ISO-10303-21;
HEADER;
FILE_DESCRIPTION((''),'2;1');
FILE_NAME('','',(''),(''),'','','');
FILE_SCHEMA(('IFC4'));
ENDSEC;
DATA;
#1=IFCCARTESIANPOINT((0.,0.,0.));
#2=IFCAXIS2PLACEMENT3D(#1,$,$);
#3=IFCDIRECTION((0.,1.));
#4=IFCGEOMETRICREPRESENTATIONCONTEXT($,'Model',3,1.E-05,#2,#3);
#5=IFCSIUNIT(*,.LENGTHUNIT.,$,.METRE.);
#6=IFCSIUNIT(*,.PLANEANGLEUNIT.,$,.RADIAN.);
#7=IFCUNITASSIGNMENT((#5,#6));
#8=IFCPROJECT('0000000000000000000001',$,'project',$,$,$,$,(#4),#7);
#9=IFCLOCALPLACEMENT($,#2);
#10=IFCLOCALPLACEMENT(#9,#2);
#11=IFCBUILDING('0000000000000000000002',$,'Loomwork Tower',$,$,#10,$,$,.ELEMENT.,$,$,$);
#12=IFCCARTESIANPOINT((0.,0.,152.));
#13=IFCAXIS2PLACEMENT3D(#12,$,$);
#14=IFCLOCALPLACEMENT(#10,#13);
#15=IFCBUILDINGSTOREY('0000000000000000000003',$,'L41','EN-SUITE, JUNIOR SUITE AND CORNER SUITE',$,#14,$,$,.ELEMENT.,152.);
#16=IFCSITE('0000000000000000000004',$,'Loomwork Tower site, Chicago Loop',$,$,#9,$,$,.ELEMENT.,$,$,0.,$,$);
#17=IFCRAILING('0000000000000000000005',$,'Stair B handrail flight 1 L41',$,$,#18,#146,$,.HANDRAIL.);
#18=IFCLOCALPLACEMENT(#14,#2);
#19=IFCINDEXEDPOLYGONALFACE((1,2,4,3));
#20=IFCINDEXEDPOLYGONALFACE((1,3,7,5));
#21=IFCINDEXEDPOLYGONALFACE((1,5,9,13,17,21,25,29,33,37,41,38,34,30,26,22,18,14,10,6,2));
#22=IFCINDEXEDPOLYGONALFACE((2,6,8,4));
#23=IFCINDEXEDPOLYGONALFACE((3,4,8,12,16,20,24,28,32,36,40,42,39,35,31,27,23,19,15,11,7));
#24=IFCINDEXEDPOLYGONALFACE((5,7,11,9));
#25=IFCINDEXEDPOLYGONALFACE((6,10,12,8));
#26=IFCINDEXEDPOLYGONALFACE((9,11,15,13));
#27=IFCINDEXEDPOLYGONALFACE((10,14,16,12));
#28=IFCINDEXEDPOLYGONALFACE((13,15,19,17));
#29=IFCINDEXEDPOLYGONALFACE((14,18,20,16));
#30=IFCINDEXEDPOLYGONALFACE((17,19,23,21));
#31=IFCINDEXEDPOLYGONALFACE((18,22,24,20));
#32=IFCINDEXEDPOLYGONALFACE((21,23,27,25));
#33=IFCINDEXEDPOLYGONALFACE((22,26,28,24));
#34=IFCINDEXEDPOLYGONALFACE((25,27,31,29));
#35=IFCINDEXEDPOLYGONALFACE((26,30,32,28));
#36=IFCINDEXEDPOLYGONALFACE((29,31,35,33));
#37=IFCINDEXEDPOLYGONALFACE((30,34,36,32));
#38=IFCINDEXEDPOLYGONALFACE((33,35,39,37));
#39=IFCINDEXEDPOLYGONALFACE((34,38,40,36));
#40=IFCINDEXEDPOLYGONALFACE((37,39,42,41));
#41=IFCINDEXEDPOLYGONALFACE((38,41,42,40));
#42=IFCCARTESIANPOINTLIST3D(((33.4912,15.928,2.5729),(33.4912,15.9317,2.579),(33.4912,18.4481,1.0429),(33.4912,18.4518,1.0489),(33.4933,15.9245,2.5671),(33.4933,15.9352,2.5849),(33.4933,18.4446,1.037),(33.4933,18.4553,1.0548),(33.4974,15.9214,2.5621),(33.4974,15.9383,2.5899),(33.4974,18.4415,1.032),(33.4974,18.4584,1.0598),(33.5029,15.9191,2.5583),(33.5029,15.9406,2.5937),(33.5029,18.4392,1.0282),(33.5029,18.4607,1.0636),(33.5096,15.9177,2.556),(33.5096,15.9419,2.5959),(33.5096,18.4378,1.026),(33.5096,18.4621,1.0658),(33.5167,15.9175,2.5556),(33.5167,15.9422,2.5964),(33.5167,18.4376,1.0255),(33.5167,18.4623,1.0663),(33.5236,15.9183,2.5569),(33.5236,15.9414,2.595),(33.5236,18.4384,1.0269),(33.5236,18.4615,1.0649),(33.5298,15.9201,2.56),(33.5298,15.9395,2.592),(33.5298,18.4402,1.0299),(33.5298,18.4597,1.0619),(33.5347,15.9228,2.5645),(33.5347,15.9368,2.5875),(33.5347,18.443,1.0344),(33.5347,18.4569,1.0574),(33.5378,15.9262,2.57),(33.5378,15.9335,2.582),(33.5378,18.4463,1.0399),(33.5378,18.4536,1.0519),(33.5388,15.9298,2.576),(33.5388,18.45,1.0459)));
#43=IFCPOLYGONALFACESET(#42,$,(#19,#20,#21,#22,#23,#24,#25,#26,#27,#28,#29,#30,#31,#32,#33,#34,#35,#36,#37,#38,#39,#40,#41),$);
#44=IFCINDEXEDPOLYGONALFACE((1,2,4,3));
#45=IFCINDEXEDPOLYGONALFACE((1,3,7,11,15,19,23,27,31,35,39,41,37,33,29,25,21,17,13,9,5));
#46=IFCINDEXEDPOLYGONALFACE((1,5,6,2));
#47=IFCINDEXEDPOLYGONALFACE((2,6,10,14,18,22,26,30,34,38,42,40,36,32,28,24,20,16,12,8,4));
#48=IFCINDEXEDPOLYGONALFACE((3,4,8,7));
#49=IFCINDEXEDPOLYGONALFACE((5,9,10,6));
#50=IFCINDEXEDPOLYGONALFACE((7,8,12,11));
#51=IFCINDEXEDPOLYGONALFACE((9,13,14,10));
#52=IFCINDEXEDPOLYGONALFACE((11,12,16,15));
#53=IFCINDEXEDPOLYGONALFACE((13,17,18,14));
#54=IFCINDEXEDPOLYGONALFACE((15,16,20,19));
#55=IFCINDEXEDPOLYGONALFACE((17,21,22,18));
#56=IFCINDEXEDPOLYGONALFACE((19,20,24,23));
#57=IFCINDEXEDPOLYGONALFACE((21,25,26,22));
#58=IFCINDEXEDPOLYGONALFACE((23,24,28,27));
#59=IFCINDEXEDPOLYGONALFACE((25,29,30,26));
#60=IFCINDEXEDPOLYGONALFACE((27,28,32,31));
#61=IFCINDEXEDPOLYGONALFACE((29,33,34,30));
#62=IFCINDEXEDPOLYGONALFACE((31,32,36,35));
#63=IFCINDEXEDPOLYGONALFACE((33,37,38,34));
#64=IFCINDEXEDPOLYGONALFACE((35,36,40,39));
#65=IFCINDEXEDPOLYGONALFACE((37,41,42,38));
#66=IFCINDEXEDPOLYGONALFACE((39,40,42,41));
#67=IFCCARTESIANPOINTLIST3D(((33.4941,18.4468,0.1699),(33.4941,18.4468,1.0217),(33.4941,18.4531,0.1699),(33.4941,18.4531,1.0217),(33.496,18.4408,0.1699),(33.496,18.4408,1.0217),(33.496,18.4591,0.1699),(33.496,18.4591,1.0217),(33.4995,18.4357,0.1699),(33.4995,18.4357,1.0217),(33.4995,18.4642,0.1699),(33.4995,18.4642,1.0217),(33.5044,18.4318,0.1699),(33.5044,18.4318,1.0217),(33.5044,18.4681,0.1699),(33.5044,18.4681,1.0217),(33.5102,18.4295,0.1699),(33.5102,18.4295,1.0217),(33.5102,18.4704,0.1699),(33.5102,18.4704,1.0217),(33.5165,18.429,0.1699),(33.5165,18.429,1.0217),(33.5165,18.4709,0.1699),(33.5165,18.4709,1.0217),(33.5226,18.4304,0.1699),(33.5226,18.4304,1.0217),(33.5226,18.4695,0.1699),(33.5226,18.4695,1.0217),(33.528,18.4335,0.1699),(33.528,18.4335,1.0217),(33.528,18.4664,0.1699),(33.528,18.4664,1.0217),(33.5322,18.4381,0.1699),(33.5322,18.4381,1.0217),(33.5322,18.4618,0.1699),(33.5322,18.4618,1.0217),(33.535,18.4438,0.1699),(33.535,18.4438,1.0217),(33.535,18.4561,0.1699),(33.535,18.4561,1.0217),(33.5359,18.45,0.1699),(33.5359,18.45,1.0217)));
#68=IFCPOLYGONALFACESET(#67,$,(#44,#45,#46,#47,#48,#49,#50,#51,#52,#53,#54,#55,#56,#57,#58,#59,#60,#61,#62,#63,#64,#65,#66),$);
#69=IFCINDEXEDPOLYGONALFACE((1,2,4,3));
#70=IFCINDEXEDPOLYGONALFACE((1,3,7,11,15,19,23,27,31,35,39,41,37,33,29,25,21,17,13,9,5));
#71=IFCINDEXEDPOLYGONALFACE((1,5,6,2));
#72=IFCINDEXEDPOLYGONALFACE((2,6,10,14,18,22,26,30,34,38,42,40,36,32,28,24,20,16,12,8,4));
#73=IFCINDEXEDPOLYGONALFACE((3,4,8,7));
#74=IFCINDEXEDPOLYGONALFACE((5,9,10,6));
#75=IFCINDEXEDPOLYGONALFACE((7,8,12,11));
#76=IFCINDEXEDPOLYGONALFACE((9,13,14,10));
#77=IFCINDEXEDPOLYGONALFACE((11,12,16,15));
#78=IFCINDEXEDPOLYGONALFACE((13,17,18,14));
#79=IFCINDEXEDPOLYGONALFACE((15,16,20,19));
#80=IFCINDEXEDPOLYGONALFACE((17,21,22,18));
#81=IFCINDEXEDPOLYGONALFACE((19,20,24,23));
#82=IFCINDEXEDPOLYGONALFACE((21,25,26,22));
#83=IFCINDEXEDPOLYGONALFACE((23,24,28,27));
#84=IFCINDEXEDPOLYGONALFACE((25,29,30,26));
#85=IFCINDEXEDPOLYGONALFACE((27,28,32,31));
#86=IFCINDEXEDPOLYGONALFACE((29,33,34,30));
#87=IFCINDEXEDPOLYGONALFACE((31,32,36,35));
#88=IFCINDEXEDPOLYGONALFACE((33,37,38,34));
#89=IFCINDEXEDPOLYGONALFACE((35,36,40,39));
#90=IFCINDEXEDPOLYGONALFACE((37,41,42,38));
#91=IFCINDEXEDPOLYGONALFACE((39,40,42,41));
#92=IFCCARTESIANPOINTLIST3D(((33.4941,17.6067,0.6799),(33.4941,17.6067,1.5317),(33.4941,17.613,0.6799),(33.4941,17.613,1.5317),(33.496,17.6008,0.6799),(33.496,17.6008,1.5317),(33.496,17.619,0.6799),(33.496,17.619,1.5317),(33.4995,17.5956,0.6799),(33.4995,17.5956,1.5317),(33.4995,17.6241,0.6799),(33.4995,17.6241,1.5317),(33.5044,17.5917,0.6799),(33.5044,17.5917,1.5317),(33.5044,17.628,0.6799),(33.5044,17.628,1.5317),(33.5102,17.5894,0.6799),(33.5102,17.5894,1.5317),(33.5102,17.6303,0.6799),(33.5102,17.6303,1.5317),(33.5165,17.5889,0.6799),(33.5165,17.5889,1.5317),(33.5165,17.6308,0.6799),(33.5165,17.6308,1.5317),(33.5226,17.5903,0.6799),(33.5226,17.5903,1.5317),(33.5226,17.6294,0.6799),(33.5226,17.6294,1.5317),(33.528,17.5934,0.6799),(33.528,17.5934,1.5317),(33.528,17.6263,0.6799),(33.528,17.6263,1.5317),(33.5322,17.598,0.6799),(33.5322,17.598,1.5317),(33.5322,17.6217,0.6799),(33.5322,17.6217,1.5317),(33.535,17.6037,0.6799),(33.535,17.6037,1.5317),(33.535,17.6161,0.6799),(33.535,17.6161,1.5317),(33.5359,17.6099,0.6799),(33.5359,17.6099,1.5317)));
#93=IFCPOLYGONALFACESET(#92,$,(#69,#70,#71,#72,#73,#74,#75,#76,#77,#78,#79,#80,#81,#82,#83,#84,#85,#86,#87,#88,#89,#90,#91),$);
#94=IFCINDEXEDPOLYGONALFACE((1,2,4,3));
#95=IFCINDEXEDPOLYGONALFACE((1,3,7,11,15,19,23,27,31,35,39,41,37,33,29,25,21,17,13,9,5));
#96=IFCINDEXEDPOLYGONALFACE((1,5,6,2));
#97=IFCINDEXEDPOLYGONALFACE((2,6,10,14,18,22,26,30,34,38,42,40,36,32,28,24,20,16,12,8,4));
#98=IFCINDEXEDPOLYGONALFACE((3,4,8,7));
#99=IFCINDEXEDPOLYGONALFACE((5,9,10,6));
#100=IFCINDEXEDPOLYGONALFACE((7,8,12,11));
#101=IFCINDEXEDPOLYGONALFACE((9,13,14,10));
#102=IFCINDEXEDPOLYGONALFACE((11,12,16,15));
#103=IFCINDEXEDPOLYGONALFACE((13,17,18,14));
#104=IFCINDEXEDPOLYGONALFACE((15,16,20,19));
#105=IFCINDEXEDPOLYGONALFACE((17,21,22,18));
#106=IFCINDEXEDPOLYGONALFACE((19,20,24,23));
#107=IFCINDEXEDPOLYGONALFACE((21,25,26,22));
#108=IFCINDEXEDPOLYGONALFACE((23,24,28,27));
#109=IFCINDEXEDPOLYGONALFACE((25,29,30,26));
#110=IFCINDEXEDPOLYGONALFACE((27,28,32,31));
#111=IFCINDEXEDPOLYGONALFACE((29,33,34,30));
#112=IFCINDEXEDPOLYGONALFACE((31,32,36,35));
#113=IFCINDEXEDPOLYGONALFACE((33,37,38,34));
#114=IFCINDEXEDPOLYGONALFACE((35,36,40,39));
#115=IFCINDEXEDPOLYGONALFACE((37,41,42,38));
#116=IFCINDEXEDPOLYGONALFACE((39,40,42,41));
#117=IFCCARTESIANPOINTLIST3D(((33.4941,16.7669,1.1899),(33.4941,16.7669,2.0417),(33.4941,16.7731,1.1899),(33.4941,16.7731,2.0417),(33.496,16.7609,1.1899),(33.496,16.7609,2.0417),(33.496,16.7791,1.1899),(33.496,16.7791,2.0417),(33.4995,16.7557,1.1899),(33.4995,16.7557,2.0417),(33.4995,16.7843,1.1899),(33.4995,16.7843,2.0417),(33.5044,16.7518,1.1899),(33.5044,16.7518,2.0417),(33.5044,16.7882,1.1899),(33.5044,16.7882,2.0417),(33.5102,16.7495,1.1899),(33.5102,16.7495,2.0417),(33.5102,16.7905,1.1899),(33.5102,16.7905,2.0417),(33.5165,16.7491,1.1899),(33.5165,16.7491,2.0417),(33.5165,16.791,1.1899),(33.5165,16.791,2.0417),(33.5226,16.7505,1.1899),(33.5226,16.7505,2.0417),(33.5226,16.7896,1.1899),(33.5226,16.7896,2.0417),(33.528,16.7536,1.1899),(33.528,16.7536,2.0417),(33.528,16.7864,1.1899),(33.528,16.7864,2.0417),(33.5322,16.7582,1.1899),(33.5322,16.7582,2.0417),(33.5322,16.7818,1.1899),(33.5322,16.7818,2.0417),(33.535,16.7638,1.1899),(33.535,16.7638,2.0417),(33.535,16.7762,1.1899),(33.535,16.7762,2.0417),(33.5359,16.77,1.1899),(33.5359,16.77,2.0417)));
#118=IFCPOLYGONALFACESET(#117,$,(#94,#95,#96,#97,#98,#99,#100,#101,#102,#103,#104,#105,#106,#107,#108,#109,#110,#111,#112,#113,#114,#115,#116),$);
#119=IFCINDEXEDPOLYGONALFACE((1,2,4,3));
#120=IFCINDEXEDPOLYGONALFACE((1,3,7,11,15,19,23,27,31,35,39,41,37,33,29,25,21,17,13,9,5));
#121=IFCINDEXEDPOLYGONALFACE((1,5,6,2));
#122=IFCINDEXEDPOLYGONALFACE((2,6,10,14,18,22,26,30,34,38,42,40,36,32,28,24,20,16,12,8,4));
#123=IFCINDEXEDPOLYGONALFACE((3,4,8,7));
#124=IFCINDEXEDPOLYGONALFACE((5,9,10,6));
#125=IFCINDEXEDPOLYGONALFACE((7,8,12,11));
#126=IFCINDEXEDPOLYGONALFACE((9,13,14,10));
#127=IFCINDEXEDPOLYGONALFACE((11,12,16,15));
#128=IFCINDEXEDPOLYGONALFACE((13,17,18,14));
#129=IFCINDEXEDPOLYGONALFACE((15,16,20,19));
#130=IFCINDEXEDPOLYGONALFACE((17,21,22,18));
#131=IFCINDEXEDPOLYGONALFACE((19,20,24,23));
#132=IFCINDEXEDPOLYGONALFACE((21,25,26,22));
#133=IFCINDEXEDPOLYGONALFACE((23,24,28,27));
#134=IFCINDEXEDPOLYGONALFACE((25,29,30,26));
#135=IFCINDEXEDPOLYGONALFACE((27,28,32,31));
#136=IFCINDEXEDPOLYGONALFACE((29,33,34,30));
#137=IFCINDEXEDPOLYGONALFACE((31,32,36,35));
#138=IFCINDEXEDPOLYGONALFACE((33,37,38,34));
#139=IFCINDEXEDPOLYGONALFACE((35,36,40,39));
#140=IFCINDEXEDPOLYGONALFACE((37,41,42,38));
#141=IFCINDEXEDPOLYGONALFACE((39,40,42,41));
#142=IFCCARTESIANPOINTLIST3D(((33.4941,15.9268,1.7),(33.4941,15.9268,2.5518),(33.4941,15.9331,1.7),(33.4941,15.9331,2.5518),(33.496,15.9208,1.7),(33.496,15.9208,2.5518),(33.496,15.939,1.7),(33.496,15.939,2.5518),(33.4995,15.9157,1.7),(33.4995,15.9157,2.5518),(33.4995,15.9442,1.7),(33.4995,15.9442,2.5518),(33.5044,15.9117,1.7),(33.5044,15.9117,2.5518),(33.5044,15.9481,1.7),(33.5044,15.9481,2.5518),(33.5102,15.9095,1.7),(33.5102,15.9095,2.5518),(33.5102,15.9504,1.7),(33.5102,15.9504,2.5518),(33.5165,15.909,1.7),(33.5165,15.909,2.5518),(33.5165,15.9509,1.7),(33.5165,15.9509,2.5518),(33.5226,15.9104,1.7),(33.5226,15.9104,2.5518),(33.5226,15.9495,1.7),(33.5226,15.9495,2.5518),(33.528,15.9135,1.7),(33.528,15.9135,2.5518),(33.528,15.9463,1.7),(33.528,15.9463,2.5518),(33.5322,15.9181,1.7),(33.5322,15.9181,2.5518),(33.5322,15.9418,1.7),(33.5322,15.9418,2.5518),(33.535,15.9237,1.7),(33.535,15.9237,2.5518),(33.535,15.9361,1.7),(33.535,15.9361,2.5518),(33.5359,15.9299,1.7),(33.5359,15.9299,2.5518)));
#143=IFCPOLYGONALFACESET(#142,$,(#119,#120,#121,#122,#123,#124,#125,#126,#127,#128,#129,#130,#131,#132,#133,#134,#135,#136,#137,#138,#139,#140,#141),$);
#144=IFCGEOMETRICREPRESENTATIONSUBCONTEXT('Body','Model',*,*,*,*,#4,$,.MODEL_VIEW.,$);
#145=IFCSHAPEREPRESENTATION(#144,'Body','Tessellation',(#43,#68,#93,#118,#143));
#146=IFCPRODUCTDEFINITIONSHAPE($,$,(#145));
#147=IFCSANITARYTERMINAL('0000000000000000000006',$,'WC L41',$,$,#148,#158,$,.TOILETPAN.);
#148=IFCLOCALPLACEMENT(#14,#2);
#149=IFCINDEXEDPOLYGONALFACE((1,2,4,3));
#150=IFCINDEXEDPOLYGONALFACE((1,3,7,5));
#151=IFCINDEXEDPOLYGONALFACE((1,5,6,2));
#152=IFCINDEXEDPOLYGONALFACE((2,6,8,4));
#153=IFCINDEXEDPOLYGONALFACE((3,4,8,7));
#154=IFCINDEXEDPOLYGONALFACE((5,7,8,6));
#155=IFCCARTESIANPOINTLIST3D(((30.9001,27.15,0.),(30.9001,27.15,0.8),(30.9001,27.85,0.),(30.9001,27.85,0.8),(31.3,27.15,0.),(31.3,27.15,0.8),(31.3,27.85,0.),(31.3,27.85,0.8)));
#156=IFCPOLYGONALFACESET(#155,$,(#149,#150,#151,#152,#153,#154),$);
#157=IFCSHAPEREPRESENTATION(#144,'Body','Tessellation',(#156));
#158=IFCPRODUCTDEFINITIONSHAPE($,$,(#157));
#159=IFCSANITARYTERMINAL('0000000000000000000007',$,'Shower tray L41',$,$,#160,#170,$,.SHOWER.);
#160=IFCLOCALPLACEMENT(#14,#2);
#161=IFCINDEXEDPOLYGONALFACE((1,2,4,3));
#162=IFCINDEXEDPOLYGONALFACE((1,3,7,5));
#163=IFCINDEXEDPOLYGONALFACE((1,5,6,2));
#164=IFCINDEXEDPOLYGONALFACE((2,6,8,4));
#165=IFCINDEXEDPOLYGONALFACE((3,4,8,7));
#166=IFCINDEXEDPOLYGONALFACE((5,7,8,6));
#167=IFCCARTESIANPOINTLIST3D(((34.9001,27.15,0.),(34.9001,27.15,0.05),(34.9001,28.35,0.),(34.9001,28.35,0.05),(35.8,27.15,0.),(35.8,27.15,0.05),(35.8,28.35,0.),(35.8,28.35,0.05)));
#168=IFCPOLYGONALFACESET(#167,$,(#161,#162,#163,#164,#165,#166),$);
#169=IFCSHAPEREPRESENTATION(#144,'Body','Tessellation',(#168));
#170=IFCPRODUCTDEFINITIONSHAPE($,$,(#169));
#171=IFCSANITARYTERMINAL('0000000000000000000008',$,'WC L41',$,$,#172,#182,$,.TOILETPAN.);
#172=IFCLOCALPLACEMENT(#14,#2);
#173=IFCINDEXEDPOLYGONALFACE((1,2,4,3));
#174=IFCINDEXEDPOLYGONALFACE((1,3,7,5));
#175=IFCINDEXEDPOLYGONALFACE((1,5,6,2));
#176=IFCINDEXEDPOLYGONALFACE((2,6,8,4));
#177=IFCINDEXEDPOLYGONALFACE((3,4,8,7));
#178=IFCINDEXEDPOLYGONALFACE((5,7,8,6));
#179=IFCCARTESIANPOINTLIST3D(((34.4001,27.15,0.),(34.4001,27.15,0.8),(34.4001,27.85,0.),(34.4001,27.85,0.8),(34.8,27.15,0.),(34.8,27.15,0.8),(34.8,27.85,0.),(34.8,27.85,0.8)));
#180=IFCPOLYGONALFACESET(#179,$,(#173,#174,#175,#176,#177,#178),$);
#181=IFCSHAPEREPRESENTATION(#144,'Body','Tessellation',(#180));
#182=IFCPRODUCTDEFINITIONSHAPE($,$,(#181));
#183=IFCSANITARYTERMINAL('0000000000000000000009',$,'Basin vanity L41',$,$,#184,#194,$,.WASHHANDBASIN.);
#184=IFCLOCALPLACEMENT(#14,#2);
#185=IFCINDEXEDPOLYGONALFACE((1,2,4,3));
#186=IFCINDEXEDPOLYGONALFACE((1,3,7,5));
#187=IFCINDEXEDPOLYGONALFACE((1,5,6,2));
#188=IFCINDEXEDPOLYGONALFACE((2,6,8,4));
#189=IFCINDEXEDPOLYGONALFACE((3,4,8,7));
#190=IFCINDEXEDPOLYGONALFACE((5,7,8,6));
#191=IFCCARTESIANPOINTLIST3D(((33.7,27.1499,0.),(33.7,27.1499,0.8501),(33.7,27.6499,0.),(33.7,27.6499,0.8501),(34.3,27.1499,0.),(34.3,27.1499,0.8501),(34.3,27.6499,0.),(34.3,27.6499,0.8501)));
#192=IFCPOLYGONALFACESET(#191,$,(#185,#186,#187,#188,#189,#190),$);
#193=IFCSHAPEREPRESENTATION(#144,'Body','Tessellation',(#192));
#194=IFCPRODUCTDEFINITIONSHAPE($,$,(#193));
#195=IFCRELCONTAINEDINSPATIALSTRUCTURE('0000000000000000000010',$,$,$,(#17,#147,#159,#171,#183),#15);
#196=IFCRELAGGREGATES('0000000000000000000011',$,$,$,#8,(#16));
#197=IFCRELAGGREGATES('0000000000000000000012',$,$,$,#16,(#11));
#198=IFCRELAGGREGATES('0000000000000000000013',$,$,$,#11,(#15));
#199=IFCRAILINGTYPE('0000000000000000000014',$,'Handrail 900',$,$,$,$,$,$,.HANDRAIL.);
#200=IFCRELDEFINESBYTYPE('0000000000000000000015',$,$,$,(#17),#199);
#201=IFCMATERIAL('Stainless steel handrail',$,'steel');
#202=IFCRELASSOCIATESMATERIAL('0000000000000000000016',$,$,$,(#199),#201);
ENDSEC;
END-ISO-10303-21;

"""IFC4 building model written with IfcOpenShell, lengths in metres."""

from ifc_helpers import new_model, si_unit, direction, frame, origin, origin_2d, place, context, subcontext, project, spatial, rectangle, circle, extrude, material, type_object, element, save


model = new_model("IFC4")

# Units and contexts
model_context = context("Model", 3, precision=1e-05, world=origin(), true_north=direction((0.0, 1.0)))
body_context = subcontext(model_context, "Body", "Model", "MODEL_VIEW")
ifc_project = project(units=[si_unit("LENGTHUNIT", "METRE"), si_unit("PLANEANGLEUNIT", "RADIAN")], contexts=[model_context])

# Site, building, storey
site_placement = place(None, origin())
site = spatial("IfcSite", under=ifc_project, at=site_placement, Name="Loomwork Tower site, Chicago Loop", CompositionType="ELEMENT", RefElevation=0.0)
building_placement = place(site_placement, origin())
building = spatial("IfcBuilding", under=site, at=building_placement, Name="Loomwork Tower", CompositionType="ELEMENT")
storey_placement = place(building_placement, frame((0.0, 0.0, 152.0)))
storey = spatial("IfcBuildingStorey", under=building, at=storey_placement, Name="L41", Description="EN-SUITE, JUNIOR SUITE AND CORNER SUITE", CompositionType="ELEMENT", Elevation=152.0)

# Railing
ifc_material_1 = material(Name="Stainless steel handrail", Category="steel")
railing_type = type_object("IfcRailingType", Name="Handrail 900", PredefinedType="HANDRAIL", material=ifc_material_1)
railing_placement = place(storey_placement, frame((33.5149, 18.45, 0.1699)))
element("IfcRailing", 1, at=railing_placement, inside=storey, type_object=railing_type, Name="Stair B handrail flight 1 L41", PredefinedType="HANDRAIL", context=body_context, shape_type="SweptSolid", body=[
    extrude(circle(Radius=0.0239, at=origin_2d()), frame((0.0, 0.0, 0.876), z_axis=(0.0, -0.854785, 0.518982), x_axis=(1.0, 0.0, 0.0)), (0.0, 0.0, 1.0), 2.9482),
    extrude(circle(Radius=0.021, at=origin_2d()), origin(), (0.0, 0.0, 1.0), 0.8518),
    extrude(circle(Radius=0.021, at=origin_2d()), frame((0.0, -0.8401, 0.51)), (0.0, 0.0, 1.0), 0.8518),
    extrude(circle(Radius=0.021, at=origin_2d()), frame((0.0, -1.6799, 1.02)), (0.0, 0.0, 1.0), 0.8518),
    extrude(circle(Radius=0.021, at=origin_2d()), frame((0.0, -2.52, 1.53)), (0.0, 0.0, 1.0), 0.8518),
])

# Sanitary terminals
sanitary_terminal_1_placement = place(storey_placement, frame((31.1001, 27.5, 0.0), z_axis=(0.0, 0.0, 1.0), x_axis=(1.0, 0.0, 0.0)))
element("IfcSanitaryTerminal", 2, at=sanitary_terminal_1_placement, inside=storey, Name="WC L41", PredefinedType="TOILETPAN", context=body_context, shape_type="SweptSolid", body=[
    extrude(rectangle(XDim=0.3999, YDim=0.7, at=origin_2d()), origin(), (0.0, 0.0, 1.0), 0.8),
])
sanitary_terminal_2_placement = place(storey_placement, frame((35.3501, 27.75, 0.0), z_axis=(0.0, 0.0, 1.0), x_axis=(1.0, 0.0, 0.0)))
element("IfcSanitaryTerminal", 3, at=sanitary_terminal_2_placement, inside=storey, Name="Shower tray L41", PredefinedType="SHOWER", context=body_context, shape_type="SweptSolid", body=[
    extrude(rectangle(XDim=0.8999, YDim=1.2, at=origin_2d()), origin(), (0.0, 0.0, 1.0), 0.05),
])
sanitary_terminal_3_placement = place(storey_placement, frame((34.6001, 27.5, 0.0), z_axis=(0.0, 0.0, 1.0), x_axis=(1.0, 0.0, 0.0)))
element("IfcSanitaryTerminal", 4, at=sanitary_terminal_3_placement, inside=storey, Name="WC L41", PredefinedType="TOILETPAN", context=body_context, shape_type="SweptSolid", body=[
    extrude(rectangle(XDim=0.3999, YDim=0.7, at=origin_2d()), origin(), (0.0, 0.0, 1.0), 0.8),
])
sanitary_terminal_4_placement = place(storey_placement, frame((34.0, 27.3999, 0.0), z_axis=(0.0, 0.0, 1.0), x_axis=(1.0, 0.0, 0.0)))
element("IfcSanitaryTerminal", 5, at=sanitary_terminal_4_placement, inside=storey, Name="Basin vanity L41", PredefinedType="WASHHANDBASIN", context=body_context, shape_type="SweptSolid", body=[
    extrude(rectangle(XDim=0.6001, YDim=0.5, at=origin_2d()), origin(), (0.0, 0.0, 1.0), 0.8501),
])

save(model, "model.ifc")
